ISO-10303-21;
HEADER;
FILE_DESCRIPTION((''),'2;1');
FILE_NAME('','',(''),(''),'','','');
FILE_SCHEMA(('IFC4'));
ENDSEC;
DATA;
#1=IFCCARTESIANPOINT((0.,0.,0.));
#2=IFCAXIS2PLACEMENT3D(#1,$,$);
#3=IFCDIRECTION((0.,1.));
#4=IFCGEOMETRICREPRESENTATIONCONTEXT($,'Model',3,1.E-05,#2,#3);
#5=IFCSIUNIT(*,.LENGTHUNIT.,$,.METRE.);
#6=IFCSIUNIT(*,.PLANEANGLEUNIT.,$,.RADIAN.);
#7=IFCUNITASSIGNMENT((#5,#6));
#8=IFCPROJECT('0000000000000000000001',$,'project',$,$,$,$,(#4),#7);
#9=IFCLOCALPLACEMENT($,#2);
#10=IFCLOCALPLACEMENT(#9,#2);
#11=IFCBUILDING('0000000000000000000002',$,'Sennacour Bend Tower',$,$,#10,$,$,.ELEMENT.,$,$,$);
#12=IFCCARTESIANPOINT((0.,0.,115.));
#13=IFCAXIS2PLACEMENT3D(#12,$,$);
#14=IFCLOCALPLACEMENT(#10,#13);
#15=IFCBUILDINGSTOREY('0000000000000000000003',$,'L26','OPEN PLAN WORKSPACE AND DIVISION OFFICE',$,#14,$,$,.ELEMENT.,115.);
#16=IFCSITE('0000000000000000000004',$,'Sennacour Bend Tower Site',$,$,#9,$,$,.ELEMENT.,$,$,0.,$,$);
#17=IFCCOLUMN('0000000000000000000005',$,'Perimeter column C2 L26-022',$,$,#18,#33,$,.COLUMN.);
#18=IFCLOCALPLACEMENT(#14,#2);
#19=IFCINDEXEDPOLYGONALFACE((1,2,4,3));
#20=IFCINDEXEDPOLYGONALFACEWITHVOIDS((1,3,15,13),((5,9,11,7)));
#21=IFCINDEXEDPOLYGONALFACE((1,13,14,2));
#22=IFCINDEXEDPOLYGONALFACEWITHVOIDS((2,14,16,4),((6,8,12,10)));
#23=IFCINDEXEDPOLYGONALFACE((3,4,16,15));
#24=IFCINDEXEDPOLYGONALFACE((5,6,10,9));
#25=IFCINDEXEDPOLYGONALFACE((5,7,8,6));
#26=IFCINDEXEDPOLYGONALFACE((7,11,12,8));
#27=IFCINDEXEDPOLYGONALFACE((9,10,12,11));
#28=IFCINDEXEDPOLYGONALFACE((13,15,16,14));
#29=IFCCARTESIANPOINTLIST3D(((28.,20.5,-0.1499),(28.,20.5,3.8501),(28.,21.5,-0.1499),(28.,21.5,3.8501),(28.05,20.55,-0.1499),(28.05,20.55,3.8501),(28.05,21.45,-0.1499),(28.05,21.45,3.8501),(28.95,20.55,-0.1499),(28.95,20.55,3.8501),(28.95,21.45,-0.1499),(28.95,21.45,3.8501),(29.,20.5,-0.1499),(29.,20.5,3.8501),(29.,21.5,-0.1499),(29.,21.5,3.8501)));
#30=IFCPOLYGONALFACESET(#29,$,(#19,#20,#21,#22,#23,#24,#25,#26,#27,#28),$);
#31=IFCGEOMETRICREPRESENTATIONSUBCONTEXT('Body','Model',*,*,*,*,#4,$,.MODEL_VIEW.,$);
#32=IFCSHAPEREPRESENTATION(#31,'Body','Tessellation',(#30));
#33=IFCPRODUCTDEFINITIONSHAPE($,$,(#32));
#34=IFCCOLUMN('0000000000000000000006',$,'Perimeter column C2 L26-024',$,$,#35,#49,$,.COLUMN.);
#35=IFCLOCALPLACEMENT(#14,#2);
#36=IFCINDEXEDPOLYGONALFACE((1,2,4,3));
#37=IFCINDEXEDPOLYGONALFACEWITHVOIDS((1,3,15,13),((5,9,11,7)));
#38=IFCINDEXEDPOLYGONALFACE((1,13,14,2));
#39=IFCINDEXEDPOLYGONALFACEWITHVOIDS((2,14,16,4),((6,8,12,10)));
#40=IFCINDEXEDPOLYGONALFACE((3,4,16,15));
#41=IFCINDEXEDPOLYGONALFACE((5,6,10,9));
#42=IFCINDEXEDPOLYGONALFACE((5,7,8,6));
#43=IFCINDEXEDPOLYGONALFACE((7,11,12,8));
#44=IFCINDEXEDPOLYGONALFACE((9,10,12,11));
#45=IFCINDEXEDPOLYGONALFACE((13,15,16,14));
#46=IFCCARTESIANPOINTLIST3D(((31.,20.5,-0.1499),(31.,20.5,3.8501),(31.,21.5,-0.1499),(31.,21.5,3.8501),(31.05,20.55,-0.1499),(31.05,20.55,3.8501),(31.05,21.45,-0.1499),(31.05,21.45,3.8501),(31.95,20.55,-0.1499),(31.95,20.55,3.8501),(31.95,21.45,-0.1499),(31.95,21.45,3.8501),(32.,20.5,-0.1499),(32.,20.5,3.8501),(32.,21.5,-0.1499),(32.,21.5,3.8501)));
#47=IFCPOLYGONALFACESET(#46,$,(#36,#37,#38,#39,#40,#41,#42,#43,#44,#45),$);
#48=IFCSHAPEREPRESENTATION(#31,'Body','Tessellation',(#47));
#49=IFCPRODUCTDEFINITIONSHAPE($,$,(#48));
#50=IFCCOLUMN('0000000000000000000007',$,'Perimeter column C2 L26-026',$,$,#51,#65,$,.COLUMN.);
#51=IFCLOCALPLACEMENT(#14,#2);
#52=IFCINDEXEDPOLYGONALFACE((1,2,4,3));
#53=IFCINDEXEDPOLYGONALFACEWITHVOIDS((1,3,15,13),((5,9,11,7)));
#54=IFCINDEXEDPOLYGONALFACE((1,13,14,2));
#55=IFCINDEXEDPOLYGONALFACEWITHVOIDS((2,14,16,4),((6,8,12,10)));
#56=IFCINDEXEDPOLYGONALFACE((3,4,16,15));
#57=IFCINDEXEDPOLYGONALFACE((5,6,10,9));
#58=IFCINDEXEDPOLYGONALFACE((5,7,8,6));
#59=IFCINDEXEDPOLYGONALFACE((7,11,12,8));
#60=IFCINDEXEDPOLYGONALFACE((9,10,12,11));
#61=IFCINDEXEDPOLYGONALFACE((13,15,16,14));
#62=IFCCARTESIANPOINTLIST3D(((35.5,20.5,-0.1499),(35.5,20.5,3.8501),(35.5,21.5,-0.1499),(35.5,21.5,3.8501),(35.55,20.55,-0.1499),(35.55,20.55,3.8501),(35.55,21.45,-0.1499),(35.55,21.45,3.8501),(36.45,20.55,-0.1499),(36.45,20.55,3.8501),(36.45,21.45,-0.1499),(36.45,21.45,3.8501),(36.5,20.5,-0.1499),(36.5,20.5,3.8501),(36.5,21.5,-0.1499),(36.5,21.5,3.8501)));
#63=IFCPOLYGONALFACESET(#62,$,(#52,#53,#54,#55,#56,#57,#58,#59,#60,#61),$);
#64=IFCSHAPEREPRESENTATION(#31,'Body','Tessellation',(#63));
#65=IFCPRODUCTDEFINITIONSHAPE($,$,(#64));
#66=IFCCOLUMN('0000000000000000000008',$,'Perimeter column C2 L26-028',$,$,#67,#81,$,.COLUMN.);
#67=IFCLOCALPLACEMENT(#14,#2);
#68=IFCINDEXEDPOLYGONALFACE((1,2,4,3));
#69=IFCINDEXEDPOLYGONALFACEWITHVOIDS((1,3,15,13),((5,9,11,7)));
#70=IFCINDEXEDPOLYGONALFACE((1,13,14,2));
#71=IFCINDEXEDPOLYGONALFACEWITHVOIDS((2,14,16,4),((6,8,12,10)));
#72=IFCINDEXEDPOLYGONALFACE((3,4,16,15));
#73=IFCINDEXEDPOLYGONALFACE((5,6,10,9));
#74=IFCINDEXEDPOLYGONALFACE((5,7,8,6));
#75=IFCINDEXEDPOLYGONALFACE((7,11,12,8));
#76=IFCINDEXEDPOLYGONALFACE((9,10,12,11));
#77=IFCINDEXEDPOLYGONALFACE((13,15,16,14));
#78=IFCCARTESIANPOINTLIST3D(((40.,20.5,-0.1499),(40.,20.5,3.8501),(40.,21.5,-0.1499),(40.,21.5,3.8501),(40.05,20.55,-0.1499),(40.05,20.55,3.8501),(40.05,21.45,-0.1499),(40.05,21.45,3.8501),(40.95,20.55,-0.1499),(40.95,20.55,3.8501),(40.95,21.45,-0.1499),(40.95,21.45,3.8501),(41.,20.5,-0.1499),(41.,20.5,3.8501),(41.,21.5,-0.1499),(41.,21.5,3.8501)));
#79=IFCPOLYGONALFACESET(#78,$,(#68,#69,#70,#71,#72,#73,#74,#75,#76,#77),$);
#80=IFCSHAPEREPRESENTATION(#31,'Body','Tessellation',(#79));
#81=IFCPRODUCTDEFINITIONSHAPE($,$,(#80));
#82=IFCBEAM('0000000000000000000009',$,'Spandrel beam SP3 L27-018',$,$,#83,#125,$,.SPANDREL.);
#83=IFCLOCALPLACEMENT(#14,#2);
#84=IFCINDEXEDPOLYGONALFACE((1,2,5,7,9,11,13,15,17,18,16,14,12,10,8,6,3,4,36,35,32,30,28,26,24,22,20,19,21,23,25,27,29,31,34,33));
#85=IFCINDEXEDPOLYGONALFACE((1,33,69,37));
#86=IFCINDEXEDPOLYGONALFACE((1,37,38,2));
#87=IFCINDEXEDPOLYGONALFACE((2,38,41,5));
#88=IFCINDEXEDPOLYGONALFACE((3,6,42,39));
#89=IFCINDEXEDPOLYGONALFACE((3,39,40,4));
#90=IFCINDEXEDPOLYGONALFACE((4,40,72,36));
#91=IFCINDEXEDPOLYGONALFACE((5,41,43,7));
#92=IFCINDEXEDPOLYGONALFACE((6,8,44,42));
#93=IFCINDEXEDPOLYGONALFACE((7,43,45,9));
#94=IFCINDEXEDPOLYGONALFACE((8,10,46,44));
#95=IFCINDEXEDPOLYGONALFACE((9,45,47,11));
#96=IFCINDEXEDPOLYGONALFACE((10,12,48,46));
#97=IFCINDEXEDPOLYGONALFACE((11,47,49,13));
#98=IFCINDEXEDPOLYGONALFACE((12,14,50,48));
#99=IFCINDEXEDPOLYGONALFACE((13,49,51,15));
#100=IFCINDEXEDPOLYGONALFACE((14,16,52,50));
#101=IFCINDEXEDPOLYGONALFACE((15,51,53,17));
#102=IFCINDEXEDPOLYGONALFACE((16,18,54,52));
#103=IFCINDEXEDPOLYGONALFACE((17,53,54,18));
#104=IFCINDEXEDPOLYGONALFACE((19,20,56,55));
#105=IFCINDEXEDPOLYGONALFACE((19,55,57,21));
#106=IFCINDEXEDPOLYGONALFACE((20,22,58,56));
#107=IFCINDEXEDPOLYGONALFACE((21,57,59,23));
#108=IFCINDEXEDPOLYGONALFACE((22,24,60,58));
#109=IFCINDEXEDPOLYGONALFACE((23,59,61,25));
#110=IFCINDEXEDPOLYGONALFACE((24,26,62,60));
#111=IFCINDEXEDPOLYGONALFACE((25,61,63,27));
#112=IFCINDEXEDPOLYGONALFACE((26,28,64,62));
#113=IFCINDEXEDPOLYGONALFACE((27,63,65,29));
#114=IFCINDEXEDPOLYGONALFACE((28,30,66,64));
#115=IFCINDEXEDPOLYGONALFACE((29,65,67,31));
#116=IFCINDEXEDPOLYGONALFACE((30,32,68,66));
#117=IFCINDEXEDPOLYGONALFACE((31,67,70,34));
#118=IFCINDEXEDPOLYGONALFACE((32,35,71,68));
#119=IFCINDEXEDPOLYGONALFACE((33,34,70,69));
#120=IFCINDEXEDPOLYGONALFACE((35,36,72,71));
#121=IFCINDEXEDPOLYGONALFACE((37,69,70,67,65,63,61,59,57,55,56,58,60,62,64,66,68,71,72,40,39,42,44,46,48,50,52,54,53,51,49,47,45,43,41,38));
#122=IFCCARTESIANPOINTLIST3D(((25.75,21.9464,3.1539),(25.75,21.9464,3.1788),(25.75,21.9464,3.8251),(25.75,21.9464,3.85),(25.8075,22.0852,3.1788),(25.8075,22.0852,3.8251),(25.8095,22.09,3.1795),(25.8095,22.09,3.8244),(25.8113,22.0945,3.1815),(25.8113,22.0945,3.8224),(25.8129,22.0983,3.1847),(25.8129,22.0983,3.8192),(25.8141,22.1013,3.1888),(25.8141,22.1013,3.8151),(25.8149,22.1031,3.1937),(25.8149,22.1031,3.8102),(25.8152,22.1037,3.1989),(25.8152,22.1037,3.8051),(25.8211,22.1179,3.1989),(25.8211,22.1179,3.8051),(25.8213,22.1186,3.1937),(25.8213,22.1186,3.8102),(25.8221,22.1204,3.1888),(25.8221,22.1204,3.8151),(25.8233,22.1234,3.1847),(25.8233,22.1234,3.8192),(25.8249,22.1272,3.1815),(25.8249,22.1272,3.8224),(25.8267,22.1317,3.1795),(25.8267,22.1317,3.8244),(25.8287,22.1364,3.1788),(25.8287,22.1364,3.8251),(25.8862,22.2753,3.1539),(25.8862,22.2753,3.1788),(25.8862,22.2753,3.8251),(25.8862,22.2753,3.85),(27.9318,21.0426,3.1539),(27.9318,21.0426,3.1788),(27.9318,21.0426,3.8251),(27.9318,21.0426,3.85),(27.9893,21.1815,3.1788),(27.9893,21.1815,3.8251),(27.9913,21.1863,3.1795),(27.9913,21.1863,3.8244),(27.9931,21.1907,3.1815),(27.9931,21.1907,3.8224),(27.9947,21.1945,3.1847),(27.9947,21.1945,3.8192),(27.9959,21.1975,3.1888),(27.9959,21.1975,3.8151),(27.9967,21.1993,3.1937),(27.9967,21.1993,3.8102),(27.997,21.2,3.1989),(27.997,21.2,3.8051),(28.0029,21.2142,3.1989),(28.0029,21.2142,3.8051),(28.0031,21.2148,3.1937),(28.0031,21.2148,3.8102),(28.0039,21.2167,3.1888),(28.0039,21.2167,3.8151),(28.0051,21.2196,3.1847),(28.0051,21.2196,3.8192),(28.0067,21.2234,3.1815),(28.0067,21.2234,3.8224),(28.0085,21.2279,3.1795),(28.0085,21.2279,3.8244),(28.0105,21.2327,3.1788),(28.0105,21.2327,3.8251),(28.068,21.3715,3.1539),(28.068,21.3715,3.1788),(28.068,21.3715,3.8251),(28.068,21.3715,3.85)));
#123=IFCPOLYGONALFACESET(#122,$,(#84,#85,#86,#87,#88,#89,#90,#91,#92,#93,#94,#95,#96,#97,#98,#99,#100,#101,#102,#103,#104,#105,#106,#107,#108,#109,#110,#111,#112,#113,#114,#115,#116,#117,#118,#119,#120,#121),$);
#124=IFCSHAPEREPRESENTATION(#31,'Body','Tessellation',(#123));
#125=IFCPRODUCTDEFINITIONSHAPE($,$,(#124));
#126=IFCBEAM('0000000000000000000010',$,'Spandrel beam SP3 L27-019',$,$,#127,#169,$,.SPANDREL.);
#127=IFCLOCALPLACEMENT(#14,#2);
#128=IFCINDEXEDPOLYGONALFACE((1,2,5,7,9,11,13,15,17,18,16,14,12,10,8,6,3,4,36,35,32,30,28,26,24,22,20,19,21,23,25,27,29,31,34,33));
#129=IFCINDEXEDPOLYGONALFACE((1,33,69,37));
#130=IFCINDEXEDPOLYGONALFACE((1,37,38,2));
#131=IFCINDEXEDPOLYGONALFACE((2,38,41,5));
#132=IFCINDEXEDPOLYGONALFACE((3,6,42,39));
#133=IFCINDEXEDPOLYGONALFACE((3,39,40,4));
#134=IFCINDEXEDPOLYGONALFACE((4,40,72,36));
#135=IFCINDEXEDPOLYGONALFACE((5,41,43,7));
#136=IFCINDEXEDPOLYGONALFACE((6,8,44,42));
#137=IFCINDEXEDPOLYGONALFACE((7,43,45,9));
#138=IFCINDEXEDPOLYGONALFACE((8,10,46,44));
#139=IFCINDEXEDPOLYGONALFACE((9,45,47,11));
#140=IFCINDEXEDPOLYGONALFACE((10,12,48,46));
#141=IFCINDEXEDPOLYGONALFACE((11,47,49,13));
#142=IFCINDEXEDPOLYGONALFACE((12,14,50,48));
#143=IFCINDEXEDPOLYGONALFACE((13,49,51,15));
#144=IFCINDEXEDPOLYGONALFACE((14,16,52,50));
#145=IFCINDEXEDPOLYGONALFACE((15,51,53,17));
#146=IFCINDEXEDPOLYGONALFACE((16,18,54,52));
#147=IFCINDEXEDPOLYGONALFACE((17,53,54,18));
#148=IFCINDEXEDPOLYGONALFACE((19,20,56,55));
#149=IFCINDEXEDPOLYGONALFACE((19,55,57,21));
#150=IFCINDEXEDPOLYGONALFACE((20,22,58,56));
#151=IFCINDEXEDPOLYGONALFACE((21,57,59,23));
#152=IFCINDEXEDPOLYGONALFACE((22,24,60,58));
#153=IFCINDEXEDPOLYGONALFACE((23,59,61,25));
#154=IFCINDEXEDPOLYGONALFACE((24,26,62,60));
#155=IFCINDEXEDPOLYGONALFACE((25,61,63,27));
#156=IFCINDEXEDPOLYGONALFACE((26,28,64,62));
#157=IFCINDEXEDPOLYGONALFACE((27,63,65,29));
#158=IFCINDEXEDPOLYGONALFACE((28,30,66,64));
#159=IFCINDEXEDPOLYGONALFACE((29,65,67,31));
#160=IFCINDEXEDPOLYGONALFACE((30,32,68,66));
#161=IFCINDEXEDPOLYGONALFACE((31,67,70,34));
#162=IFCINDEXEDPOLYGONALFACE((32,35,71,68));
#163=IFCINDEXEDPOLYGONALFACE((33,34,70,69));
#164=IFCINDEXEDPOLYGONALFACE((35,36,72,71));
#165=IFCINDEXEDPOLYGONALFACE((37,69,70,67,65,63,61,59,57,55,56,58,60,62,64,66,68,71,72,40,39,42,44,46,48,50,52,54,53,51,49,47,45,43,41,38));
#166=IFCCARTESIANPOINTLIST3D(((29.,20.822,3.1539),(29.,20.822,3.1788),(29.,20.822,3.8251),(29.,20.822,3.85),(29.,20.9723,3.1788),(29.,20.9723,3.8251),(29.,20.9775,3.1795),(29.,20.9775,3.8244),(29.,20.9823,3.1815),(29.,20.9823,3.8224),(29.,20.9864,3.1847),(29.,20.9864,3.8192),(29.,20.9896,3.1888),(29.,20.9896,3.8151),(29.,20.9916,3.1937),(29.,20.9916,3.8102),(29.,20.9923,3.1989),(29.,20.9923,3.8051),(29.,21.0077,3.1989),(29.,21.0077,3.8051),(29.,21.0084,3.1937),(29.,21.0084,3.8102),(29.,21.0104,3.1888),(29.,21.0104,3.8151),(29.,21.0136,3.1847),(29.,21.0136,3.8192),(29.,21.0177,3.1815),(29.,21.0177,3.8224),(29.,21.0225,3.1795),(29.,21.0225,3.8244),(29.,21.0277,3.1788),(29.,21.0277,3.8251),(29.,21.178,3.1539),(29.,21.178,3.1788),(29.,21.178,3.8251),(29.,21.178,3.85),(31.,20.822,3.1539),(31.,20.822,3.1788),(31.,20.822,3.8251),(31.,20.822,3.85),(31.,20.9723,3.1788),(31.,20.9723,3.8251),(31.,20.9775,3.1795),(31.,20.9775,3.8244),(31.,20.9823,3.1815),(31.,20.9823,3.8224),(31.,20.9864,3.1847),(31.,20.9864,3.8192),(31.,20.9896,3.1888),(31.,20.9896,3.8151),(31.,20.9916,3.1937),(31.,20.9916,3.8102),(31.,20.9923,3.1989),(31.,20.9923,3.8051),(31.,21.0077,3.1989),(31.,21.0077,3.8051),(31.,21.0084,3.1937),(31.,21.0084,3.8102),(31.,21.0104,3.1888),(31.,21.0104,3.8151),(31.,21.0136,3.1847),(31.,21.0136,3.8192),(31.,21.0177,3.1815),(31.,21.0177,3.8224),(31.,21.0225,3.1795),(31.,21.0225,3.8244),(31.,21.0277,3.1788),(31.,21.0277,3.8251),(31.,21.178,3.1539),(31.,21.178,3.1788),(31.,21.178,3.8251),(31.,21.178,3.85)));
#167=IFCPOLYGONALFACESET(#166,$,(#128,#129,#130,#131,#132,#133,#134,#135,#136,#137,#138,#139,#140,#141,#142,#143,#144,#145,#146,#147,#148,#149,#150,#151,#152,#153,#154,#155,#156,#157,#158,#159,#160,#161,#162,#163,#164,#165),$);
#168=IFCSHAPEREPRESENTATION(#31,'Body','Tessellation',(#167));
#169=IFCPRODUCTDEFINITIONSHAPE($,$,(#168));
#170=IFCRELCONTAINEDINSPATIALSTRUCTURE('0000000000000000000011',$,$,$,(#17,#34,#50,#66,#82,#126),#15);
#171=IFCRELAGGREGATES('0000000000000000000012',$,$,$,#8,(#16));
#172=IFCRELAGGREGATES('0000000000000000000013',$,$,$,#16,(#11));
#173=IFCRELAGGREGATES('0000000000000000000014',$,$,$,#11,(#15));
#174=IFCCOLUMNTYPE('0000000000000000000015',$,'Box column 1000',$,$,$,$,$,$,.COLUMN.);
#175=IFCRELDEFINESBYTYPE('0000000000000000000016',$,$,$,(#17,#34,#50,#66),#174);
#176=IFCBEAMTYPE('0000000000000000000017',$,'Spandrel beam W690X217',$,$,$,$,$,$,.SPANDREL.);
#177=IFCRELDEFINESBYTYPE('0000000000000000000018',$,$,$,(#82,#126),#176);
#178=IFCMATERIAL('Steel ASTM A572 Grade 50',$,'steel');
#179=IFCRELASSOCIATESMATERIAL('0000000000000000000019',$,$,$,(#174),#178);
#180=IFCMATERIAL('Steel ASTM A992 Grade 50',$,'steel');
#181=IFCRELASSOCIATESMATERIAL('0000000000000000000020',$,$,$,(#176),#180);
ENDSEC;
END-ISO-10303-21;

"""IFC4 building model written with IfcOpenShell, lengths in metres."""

from ifc_helpers import new_model, si_unit, direction, frame, origin, origin_2d, place, context, subcontext, project, spatial, hollow_rectangle, i_section, extrude, material, material_profile, profile_set, type_object, element, save


model = new_model("IFC4")

# Units and contexts
model_context = context("Model", 3, precision=1e-05, world=origin(), true_north=direction((0.0, 1.0)))
body_context = subcontext(model_context, "Body", "Model", "MODEL_VIEW")
ifc_project = project(units=[si_unit("LENGTHUNIT", "METRE"), si_unit("PLANEANGLEUNIT", "RADIAN")], contexts=[model_context])

# Site, building, storey
site_placement = place(None, origin())
site = spatial("IfcSite", under=ifc_project, at=site_placement, Name="Sennacour Bend Tower Site", CompositionType="ELEMENT", RefElevation=0.0)
building_placement = place(site_placement, origin())
building = spatial("IfcBuilding", under=site, at=building_placement, Name="Sennacour Bend Tower", CompositionType="ELEMENT")
storey_placement = place(building_placement, frame((0.0, 0.0, 115.0)))
storey = spatial("IfcBuildingStorey", under=building, at=storey_placement, Name="L26", Description="OPEN PLAN WORKSPACE AND DIVISION OFFICE", CompositionType="ELEMENT", Elevation=115.0)

# Columns
ifc_material_1 = material(Name="Steel ASTM A572 Grade 50", Category="steel")
ifc_material_profile_1 = material_profile(ifc_material_1, hollow_rectangle(XDim=1.0, YDim=1.0, WallThickness=0.05, at=origin_2d()), Name="Steel ASTM A572 Grade 50", Category="steel")
ifc_profile_set_1 = profile_set([ifc_material_profile_1], Name="Steel ASTM A572 Grade 50")
column_type = type_object("IfcColumnType", Name="Box column 1000", PredefinedType="COLUMN", material=ifc_profile_set_1)
for number, where, z_axis, x_axis, name in (
    (1, (28.5, 21.0, -0.1499), (0.0, 0.0, 1.0), (1.0, 0.0, 0.0), "Perimeter column C2 L26-022"),
    (2, (31.5, 21.0, -0.1499), (0.0, 0.0, 1.0), (1.0, 0.0, 0.0), "Perimeter column C2 L26-024"),
    (3, (36.0, 21.0, -0.1499), (0.0, 0.0, 1.0), (1.0, 0.0, 0.0), "Perimeter column C2 L26-026"),
    (4, (40.5, 21.0, -0.1499), (0.0, 0.0, 1.0), (1.0, 0.0, 0.0), "Perimeter column C2 L26-028"),
):
    element("IfcColumn", number, at=place(storey_placement, frame(where, z_axis=z_axis, x_axis=x_axis)), inside=storey, type_object=column_type, Name=name, PredefinedType="COLUMN", context=body_context, shape_type="SweptSolid", body=[
        extrude(hollow_rectangle(XDim=1.0, YDim=1.0, WallThickness=0.05, at=origin_2d()), origin(), (0.0, 0.0, 1.0), 4.0),
    ])

# Beams
ifc_material_2 = material(Name="Steel ASTM A992 Grade 50", Category="steel")
ifc_material_profile_2 = material_profile(ifc_material_2, i_section(OverallWidth=0.356, OverallDepth=0.696, WebThickness=0.0154, FlangeThickness=0.0249, FilletRadius=0.02, at=origin_2d()), Name="Steel ASTM A992 Grade 50", Category="steel")
ifc_profile_set_2 = profile_set([ifc_material_profile_2], Name="Steel ASTM A992 Grade 50")
beam_type = type_object("IfcBeamType", Name="Spandrel beam W690X217", PredefinedType="SPANDREL", material=ifc_profile_set_2)
beam_1_placement = place(storey_placement, frame((25.8181, 22.1108, 3.502), z_axis=(0.923873, -0.382699, 0.0), x_axis=(0.382699, 0.923873, 0.0)))
element("IfcBeam", 5, at=beam_1_placement, inside=storey, type_object=beam_type, Name="Spandrel beam SP3 L27-018", PredefinedType="SPANDREL", context=body_context, shape_type="SweptSolid", body=[
    extrude(i_section(OverallWidth=0.356, OverallDepth=0.696, WebThickness=0.0154, FlangeThickness=0.0249, FilletRadius=0.02, at=origin_2d()), origin(), (0.0, 0.0, 1.0), 2.3616),
])
beam_2_placement = place(storey_placement, frame((29.0, 21.0, 3.502), z_axis=(1.0, 0.0, 0.0), x_axis=(0.0, 1.0, 0.0)))
element("IfcBeam", 6, at=beam_2_placement, inside=storey, type_object=beam_type, Name="Spandrel beam SP3 L27-019", PredefinedType="SPANDREL", context=body_context, shape_type="SweptSolid", body=[
    extrude(i_section(OverallWidth=0.356, OverallDepth=0.696, WebThickness=0.0154, FlangeThickness=0.0249, FilletRadius=0.02, at=origin_2d()), origin(), (0.0, 0.0, 1.0), 2.0),
])

save(model, "model.ifc")
